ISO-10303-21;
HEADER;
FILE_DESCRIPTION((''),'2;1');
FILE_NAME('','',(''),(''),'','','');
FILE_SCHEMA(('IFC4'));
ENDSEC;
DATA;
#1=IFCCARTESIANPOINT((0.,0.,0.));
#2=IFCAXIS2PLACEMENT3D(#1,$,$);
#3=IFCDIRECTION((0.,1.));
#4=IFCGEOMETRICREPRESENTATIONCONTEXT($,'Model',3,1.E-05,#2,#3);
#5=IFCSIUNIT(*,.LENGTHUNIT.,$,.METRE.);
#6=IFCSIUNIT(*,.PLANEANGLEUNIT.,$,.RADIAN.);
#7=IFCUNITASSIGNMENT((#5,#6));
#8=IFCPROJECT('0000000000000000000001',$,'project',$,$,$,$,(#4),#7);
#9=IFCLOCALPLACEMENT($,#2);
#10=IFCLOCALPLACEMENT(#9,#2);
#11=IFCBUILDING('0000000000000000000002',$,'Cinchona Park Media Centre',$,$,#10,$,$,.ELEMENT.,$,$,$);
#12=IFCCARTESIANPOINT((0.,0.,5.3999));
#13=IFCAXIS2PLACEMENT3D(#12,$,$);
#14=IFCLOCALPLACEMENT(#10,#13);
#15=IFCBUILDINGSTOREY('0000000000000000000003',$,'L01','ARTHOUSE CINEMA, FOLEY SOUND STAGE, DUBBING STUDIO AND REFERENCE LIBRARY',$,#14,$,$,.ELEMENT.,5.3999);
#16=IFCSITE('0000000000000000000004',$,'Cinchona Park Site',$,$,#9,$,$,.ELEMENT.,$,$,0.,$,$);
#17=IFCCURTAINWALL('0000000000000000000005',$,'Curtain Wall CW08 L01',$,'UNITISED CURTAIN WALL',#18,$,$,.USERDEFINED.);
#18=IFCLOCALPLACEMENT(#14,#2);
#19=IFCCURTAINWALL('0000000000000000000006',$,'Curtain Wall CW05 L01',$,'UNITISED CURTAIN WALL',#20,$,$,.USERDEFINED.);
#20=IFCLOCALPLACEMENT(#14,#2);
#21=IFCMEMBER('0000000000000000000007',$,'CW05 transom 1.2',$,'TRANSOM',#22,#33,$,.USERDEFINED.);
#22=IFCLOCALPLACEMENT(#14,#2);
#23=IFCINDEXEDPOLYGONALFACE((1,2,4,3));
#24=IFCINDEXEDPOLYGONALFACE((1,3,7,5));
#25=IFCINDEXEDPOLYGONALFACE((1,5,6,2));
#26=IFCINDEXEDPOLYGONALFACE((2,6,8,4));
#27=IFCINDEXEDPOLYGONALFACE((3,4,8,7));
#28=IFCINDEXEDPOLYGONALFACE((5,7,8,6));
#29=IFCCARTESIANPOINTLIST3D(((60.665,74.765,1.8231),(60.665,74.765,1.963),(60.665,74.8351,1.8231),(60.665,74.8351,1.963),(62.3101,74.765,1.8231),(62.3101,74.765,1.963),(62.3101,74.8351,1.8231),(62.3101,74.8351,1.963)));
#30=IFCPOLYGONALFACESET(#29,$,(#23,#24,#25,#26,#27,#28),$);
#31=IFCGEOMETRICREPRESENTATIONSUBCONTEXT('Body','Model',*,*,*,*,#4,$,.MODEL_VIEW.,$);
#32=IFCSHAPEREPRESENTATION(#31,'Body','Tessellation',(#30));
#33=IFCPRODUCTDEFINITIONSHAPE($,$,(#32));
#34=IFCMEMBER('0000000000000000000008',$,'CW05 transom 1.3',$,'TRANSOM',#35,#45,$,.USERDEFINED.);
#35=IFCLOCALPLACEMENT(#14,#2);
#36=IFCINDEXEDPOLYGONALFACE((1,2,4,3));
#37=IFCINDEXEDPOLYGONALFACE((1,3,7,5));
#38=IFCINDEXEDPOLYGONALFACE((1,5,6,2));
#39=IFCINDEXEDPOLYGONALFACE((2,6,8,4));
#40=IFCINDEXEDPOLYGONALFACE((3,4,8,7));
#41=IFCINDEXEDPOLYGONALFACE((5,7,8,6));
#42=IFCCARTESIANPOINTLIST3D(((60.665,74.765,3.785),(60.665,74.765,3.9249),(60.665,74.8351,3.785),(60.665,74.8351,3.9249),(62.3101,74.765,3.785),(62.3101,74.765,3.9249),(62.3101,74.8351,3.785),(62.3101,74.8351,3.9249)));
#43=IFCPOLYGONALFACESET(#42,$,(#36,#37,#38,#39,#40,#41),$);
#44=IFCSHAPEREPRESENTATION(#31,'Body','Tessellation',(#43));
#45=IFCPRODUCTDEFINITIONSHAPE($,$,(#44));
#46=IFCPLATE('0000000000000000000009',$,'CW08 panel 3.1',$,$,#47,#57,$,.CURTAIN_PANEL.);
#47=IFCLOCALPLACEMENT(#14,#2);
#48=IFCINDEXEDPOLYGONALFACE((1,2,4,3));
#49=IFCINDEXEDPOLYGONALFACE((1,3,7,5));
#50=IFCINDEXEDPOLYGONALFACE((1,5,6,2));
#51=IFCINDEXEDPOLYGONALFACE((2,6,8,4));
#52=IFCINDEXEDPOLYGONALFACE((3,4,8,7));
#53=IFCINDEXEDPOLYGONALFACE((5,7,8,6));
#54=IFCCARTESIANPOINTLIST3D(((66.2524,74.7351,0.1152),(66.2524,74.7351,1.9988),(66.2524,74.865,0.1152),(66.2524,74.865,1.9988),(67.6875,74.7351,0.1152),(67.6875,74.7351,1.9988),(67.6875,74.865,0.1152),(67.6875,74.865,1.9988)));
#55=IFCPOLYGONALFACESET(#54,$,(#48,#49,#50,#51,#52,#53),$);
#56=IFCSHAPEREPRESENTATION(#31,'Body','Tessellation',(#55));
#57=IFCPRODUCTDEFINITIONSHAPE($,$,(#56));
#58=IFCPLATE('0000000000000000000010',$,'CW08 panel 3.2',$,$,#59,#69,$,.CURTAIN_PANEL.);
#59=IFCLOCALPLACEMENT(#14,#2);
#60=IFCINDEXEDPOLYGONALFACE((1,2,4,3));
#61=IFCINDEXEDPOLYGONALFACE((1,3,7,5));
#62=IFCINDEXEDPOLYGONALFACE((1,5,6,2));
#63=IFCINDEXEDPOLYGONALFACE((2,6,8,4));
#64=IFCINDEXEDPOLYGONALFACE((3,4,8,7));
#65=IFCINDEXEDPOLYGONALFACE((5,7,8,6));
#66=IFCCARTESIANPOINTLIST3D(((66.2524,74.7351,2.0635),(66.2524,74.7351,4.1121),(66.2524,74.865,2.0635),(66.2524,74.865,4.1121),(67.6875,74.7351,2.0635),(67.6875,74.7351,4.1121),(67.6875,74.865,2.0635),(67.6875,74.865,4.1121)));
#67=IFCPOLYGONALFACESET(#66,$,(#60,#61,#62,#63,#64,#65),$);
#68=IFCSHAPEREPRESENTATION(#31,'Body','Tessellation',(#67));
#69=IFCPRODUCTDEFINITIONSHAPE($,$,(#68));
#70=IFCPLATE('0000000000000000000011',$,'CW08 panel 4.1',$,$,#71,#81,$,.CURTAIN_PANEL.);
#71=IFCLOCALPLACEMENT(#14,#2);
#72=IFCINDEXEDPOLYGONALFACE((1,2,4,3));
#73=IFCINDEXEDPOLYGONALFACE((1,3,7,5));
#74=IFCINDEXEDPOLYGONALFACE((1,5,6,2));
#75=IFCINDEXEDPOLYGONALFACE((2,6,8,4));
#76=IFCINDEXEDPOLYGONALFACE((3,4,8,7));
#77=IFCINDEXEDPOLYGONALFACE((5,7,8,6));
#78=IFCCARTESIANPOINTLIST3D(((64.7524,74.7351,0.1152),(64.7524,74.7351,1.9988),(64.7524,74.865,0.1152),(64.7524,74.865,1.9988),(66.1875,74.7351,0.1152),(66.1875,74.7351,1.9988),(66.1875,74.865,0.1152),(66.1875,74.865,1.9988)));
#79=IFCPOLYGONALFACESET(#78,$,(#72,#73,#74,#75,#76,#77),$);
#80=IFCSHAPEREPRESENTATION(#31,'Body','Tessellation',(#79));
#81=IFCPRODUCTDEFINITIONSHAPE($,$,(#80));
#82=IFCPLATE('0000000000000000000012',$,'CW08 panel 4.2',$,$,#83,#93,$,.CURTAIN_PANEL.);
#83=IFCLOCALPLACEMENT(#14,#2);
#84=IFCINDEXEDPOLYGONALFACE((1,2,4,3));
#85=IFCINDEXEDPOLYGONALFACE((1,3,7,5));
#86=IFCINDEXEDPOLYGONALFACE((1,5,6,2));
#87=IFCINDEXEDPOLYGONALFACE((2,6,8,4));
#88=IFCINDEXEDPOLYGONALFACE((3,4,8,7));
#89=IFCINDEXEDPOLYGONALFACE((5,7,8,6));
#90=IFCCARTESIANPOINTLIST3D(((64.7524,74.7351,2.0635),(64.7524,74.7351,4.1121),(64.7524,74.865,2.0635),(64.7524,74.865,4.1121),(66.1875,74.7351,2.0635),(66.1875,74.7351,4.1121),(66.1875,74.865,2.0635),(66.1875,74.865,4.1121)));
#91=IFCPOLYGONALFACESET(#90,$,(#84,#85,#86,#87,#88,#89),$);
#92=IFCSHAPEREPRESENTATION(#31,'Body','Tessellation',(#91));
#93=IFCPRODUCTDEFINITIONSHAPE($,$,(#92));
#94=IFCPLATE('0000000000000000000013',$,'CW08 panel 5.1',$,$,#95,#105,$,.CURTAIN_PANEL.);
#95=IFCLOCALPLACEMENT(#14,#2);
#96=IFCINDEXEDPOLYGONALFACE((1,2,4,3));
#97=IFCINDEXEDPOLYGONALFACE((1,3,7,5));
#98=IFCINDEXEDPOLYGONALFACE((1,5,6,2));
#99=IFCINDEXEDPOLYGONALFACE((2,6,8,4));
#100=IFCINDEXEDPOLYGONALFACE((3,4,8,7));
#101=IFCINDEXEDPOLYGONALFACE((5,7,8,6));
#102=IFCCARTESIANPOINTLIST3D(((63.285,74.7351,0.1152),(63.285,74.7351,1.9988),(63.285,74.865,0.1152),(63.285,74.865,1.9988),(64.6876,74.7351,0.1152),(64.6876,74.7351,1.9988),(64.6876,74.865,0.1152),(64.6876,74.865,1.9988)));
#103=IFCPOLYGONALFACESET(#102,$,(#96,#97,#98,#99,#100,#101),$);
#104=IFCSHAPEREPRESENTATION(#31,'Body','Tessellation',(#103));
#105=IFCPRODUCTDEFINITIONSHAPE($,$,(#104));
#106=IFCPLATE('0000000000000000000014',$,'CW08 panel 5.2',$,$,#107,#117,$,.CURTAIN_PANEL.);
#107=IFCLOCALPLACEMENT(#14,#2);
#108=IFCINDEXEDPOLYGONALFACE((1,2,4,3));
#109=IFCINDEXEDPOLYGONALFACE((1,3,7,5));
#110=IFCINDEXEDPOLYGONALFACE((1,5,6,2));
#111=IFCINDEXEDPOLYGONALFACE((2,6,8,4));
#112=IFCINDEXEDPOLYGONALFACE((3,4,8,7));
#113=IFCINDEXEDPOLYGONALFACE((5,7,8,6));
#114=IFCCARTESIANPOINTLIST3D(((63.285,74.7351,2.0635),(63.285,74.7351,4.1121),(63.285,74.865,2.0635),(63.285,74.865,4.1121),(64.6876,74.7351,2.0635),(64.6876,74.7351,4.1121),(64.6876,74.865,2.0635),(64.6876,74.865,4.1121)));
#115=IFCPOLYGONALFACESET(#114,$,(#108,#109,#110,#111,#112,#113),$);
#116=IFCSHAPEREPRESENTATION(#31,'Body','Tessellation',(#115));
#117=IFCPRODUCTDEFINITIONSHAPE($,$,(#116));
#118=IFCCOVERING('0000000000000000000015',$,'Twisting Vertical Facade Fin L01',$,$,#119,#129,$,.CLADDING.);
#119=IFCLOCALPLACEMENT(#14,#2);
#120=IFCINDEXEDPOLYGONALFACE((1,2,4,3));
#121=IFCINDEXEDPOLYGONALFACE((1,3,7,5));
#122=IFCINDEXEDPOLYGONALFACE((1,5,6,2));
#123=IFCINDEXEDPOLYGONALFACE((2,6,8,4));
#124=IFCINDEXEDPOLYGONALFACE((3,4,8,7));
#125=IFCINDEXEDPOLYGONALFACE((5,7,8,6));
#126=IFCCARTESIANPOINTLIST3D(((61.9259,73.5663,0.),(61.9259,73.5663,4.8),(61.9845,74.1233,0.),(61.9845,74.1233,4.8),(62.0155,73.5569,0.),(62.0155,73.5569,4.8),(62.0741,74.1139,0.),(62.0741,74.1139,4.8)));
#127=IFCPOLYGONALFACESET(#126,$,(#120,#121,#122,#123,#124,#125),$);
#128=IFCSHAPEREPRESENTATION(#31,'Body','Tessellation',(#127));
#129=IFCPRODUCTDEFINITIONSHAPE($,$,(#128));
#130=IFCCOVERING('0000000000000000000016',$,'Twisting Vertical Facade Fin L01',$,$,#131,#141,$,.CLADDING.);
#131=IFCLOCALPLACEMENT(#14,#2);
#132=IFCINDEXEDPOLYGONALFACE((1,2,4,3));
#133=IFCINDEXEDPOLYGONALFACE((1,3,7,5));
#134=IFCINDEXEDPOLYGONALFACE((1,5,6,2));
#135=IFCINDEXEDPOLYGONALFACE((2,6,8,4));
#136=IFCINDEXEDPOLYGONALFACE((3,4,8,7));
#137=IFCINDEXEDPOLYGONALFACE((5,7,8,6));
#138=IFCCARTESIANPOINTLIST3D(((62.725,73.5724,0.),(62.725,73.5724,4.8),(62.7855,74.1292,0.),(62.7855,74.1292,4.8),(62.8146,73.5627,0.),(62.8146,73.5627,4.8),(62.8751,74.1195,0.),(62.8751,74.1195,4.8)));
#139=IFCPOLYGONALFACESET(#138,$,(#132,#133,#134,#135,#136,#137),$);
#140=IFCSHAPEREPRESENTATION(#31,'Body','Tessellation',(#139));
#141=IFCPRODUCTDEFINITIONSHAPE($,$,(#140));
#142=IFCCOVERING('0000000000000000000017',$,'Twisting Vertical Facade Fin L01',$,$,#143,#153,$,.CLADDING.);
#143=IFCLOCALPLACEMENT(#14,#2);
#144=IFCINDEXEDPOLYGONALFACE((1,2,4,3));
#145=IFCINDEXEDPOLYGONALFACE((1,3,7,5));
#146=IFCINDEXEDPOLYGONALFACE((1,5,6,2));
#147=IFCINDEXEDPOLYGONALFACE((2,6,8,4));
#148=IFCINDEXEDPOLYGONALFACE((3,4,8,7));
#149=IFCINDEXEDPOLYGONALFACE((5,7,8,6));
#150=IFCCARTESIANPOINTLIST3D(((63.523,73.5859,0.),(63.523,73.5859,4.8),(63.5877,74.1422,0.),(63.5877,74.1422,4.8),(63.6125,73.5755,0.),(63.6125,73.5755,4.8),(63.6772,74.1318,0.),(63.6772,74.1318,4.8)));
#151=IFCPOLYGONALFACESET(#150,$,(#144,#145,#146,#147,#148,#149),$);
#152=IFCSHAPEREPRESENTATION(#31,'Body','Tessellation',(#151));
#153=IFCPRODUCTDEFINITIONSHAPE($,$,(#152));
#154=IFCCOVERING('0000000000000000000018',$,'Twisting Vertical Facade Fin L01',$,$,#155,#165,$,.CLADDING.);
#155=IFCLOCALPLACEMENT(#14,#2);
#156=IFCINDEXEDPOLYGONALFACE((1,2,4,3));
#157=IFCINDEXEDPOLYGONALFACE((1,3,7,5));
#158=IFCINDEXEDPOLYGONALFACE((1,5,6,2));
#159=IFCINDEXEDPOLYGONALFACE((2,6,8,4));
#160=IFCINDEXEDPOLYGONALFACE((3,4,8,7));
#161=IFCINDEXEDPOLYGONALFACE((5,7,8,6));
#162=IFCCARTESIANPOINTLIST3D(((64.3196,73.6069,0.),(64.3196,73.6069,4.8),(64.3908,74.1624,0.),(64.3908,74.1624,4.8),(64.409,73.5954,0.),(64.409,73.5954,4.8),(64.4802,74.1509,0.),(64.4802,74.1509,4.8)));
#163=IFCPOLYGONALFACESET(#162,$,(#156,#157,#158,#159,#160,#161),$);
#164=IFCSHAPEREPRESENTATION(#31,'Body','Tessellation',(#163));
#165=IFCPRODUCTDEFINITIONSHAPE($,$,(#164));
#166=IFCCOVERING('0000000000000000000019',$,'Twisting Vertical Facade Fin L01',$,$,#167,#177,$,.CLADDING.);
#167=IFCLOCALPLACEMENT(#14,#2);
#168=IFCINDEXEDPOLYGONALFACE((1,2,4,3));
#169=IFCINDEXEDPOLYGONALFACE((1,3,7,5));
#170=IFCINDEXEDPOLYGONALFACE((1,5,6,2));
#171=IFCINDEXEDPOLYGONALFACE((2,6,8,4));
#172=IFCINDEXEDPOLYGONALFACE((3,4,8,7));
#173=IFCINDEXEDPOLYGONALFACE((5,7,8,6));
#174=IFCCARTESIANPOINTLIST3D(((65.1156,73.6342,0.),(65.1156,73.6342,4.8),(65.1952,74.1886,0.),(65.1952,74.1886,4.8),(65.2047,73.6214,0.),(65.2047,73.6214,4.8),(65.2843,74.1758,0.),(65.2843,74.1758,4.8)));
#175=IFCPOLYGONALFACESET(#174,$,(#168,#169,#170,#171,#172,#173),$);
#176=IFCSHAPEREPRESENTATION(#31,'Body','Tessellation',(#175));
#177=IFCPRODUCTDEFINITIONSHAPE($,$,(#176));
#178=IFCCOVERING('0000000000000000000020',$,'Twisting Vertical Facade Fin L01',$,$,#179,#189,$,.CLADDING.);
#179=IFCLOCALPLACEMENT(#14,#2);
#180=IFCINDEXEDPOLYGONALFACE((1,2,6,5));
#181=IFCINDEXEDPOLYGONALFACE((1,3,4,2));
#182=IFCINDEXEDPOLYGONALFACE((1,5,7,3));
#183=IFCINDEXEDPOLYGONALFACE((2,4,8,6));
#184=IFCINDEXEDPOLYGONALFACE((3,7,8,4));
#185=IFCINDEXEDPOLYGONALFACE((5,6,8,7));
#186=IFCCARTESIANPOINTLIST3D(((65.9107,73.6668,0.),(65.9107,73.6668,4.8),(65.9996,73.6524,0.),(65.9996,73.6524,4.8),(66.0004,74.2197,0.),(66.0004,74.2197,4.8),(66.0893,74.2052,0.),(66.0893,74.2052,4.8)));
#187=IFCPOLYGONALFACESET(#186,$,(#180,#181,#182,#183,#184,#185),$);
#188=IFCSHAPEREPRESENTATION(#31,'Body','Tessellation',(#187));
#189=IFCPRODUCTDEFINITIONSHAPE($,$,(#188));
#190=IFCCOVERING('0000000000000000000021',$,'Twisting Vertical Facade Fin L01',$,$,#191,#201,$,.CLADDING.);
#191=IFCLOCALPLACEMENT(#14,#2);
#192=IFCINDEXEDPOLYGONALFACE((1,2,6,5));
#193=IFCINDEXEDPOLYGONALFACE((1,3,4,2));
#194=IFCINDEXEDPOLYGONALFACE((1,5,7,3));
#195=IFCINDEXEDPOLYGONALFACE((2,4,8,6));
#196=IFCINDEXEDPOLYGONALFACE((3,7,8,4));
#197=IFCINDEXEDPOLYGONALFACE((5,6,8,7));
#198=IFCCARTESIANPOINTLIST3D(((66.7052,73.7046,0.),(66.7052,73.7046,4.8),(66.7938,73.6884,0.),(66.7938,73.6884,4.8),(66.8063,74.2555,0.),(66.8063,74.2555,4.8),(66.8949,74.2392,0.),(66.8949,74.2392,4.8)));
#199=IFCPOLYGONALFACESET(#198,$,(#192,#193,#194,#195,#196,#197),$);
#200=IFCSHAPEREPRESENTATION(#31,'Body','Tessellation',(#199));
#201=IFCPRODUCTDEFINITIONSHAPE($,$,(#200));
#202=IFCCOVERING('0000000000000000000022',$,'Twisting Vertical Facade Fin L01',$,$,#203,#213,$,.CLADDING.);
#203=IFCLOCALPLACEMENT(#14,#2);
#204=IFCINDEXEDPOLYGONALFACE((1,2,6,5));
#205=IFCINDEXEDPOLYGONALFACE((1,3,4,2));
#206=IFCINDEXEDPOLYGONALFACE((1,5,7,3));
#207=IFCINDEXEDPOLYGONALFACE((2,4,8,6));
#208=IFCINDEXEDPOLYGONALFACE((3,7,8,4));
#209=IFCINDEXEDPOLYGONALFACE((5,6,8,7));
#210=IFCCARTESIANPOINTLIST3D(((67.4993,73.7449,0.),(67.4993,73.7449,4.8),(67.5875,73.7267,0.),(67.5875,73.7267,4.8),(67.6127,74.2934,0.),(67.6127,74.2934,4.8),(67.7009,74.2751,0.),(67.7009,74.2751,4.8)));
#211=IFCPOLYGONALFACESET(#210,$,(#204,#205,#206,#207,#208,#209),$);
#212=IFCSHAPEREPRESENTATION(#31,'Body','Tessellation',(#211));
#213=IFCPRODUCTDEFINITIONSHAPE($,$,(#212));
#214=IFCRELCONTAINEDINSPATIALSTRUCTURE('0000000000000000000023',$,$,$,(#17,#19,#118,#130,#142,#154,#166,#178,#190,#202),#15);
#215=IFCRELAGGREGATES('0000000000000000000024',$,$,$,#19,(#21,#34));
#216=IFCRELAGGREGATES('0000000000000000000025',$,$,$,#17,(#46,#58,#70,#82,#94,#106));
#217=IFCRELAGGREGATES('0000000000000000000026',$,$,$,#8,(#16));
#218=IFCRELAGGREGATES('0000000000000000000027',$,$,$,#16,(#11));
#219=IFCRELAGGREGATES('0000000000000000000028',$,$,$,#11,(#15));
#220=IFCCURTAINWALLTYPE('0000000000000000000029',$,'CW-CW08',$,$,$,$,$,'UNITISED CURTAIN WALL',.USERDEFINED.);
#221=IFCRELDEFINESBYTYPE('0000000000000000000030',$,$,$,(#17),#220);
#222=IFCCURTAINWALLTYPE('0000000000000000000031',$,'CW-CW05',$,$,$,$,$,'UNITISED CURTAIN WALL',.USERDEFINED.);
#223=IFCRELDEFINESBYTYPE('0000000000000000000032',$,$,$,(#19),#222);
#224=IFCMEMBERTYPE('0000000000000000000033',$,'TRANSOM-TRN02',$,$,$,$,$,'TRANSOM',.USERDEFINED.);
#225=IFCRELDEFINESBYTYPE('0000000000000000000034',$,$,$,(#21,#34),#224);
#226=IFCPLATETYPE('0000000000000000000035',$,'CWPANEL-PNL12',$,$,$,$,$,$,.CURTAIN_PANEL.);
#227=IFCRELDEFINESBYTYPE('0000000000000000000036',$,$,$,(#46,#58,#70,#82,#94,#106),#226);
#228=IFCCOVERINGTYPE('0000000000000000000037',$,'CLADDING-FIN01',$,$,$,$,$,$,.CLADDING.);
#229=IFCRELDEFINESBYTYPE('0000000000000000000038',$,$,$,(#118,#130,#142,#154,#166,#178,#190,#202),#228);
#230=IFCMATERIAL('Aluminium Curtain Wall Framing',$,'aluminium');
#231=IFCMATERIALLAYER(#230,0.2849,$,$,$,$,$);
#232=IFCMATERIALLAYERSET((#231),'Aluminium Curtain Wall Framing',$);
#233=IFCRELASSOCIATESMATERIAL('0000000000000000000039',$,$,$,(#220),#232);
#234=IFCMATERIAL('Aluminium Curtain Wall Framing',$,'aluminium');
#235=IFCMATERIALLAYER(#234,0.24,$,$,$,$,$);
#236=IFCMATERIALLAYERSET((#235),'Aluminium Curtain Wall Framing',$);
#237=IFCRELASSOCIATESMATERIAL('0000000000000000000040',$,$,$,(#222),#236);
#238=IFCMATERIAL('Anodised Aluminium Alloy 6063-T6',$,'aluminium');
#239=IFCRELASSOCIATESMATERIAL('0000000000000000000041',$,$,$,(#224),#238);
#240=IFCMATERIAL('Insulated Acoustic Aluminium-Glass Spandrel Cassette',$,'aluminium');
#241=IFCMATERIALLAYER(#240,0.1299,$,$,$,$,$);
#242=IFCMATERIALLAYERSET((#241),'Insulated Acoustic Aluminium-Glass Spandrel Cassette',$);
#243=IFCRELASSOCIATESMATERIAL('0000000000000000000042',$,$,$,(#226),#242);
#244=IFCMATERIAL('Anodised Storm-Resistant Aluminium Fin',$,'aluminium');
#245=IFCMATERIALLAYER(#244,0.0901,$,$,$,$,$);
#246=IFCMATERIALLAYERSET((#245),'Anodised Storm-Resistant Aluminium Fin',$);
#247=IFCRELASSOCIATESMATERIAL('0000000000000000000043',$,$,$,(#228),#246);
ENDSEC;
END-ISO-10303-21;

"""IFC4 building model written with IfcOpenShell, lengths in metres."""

from ifc_helpers import new_model, si_unit, direction, frame, origin, origin_2d, place, context, subcontext, project, spatial, rectangle, extrude, material, layer, layer_set, material_profile, profile_set, type_object, element, aggregate, save


model = new_model("IFC4")

# Units and contexts
model_context = context("Model", 3, precision=1e-05, world=origin(), true_north=direction((0.0, 1.0)))
body_context = subcontext(model_context, "Body", "Model", "MODEL_VIEW")
ifc_project = project(units=[si_unit("LENGTHUNIT", "METRE"), si_unit("PLANEANGLEUNIT", "RADIAN")], contexts=[model_context])

# Site, building, storey
site_placement = place(None, origin())
site = spatial("IfcSite", under=ifc_project, at=site_placement, Name="Cinchona Park Site", CompositionType="ELEMENT", RefElevation=0.0)
building_placement = place(site_placement, origin())
building = spatial("IfcBuilding", under=site, at=building_placement, Name="Cinchona Park Media Centre", CompositionType="ELEMENT")
storey_placement = place(building_placement, frame((0.0, 0.0, 5.3999)))
storey = spatial("IfcBuildingStorey", under=building, at=storey_placement, Name="L01", Description="ARTHOUSE CINEMA, FOLEY SOUND STAGE, DUBBING STUDIO AND REFERENCE LIBRARY", CompositionType="ELEMENT", Elevation=5.3999)

# Curtain wall
ifc_material_1 = material(Name="Aluminium Curtain Wall Framing", Category="aluminium")
ifc_layer_1 = layer(ifc_material_1, 0.2849)
ifc_layer_set_1 = layer_set([ifc_layer_1], Name="Aluminium Curtain Wall Framing")
curtain_wall_type_1 = type_object("IfcCurtainWallType", Name="CW-CW08", ElementType="UNITISED CURTAIN WALL", PredefinedType="USERDEFINED", material=ifc_layer_set_1)
curtain_wall_1_placement = place(storey_placement, origin())
curtain_wall_1 = element("IfcCurtainWall", 1, at=curtain_wall_1_placement, inside=storey, type_object=curtain_wall_type_1, Name="Curtain Wall CW08 L01", ObjectType="UNITISED CURTAIN WALL", PredefinedType="USERDEFINED")

# Curtain wall
ifc_material_2 = material(Name="Aluminium Curtain Wall Framing", Category="aluminium")
ifc_layer_2 = layer(ifc_material_2, 0.24)
ifc_layer_set_2 = layer_set([ifc_layer_2], Name="Aluminium Curtain Wall Framing")
curtain_wall_type_2 = type_object("IfcCurtainWallType", Name="CW-CW05", ElementType="UNITISED CURTAIN WALL", PredefinedType="USERDEFINED", material=ifc_layer_set_2)
curtain_wall_2_placement = place(storey_placement, origin())
curtain_wall_2 = element("IfcCurtainWall", 2, at=curtain_wall_2_placement, inside=storey, type_object=curtain_wall_type_2, Name="Curtain Wall CW05 L01", ObjectType="UNITISED CURTAIN WALL", PredefinedType="USERDEFINED")

# Members
ifc_material_3 = material(Name="Anodised Aluminium Alloy 6063-T6", Category="aluminium")
ifc_material_profile_1 = material_profile(ifc_material_3, rectangle(XDim=0.0701, YDim=0.1399, at=origin_2d()), Name="TRN-70X140")
ifc_profile_set_1 = profile_set([ifc_material_profile_1], Name="Anodised Aluminium Alloy 6063-T6")
member_type_1 = type_object("IfcMemberType", Name="TRANSOM-TRN02", ElementType="TRANSOM", PredefinedType="USERDEFINED", material=ifc_profile_set_1)
member_1_placement = place(storey_placement, frame((62.3101, 74.8, 1.8931), z_axis=(-1.0, 0.0, 0.0), x_axis=(0.0, -1.0, 0.0)))
member_1 = element("IfcMember", 3, at=member_1_placement, type_object=member_type_1, Name="CW05 transom 1.2", ObjectType="TRANSOM", PredefinedType="USERDEFINED", context=body_context, shape_type="SweptSolid", body=[
    extrude(rectangle(XDim=0.0701, YDim=0.1399, at=origin_2d()), origin(), (0.0, 0.0, 1.0), 1.645),
])
member_2_placement = place(storey_placement, frame((62.3101, 74.8, 3.855), z_axis=(-1.0, 0.0, 0.0), x_axis=(0.0, -1.0, 0.0)))
member_2 = element("IfcMember", 4, at=member_2_placement, type_object=member_type_1, Name="CW05 transom 1.3", ObjectType="TRANSOM", PredefinedType="USERDEFINED", context=body_context, shape_type="SweptSolid", body=[
    extrude(rectangle(XDim=0.0701, YDim=0.1399, at=origin_2d()), origin(), (0.0, 0.0, 1.0), 1.645),
])
aggregate(curtain_wall_2, [member_1, member_2])

# Plates
ifc_material_4 = material(Name="Insulated Acoustic Aluminium-Glass Spandrel Cassette", Category="aluminium")
ifc_layer_3 = layer(ifc_material_4, 0.1299)
ifc_layer_set_3 = layer_set([ifc_layer_3], Name="Insulated Acoustic Aluminium-Glass Spandrel Cassette")
plate_type = type_object("IfcPlateType", Name="CWPANEL-PNL12", PredefinedType="CURTAIN_PANEL", material=ifc_layer_set_3)
plate_1_placement = place(storey_placement, frame((66.97, 74.8, 0.1152), z_axis=(0.0, 0.0, 1.0), x_axis=(-1.0, 0.0, 0.0)))
plate_1 = element("IfcPlate", 5, at=plate_1_placement, type_object=plate_type, Name="CW08 panel 3.1", PredefinedType="CURTAIN_PANEL", context=body_context, shape_type="SweptSolid", body=[
    extrude(rectangle(XDim=1.4351, YDim=0.1299, at=origin_2d()), origin(), (0.0, 0.0, 1.0), 1.8835),
])
plate_2_placement = place(storey_placement, frame((66.97, 74.8, 2.0635), z_axis=(0.0, 0.0, 1.0), x_axis=(-1.0, 0.0, 0.0)))
plate_2 = element("IfcPlate", 6, at=plate_2_placement, type_object=plate_type, Name="CW08 panel 3.2", PredefinedType="CURTAIN_PANEL", context=body_context, shape_type="SweptSolid", body=[
    extrude(rectangle(XDim=1.4351, YDim=0.1299, at=origin_2d()), origin(), (0.0, 0.0, 1.0), 2.0486),
])
plate_3_placement = place(storey_placement, frame((65.47, 74.8, 0.1152), z_axis=(0.0, 0.0, 1.0), x_axis=(-1.0, 0.0, 0.0)))
plate_3 = element("IfcPlate", 7, at=plate_3_placement, type_object=plate_type, Name="CW08 panel 4.1", PredefinedType="CURTAIN_PANEL", context=body_context, shape_type="SweptSolid", body=[
    extrude(rectangle(XDim=1.4351, YDim=0.1299, at=origin_2d()), origin(), (0.0, 0.0, 1.0), 1.8835),
])
plate_4_placement = place(storey_placement, frame((65.47, 74.8, 2.0635), z_axis=(0.0, 0.0, 1.0), x_axis=(-1.0, 0.0, 0.0)))
plate_4 = element("IfcPlate", 8, at=plate_4_placement, type_object=plate_type, Name="CW08 panel 4.2", PredefinedType="CURTAIN_PANEL", context=body_context, shape_type="SweptSolid", body=[
    extrude(rectangle(XDim=1.4351, YDim=0.1299, at=origin_2d()), origin(), (0.0, 0.0, 1.0), 2.0486),
])
plate_5_placement = place(storey_placement, frame((63.9863, 74.8, 0.1152), z_axis=(0.0, 0.0, 1.0), x_axis=(-1.0, 0.0, 0.0)))
plate_5 = element("IfcPlate", 9, at=plate_5_placement, type_object=plate_type, Name="CW08 panel 5.1", PredefinedType="CURTAIN_PANEL", context=body_context, shape_type="SweptSolid", body=[
    extrude(rectangle(XDim=1.4026, YDim=0.1299, at=origin_2d()), origin(), (0.0, 0.0, 1.0), 1.8835),
])
plate_6_placement = place(storey_placement, frame((63.9863, 74.8, 2.0635), z_axis=(0.0, 0.0, 1.0), x_axis=(-1.0, 0.0, 0.0)))
plate_6 = element("IfcPlate", 10, at=plate_6_placement, type_object=plate_type, Name="CW08 panel 5.2", PredefinedType="CURTAIN_PANEL", context=body_context, shape_type="SweptSolid", body=[
    extrude(rectangle(XDim=1.4026, YDim=0.1299, at=origin_2d()), origin(), (0.0, 0.0, 1.0), 2.0486),
])
aggregate(curtain_wall_1, [plate_1, plate_2, plate_3, plate_4, plate_5, plate_6])

# Coverings
ifc_material_5 = material(Name="Anodised Storm-Resistant Aluminium Fin", Category="aluminium")
ifc_layer_4 = layer(ifc_material_5, 0.0901)
ifc_layer_set_4 = layer_set([ifc_layer_4], Name="Anodised Storm-Resistant Aluminium Fin")
covering_type = type_object("IfcCoveringType", Name="CLADDING-FIN01", PredefinedType="CLADDING", material=ifc_layer_set_4)
for number, where, z_axis, x_axis, name in (
    (11, (62.0, 73.8401, 0.0), (0.0, 0.0, 1.0), (0.104702, 0.994504, 0.0), "Twisting Vertical Facade Fin L01"),
    (12, (62.8, 73.8459, 0.0), (0.0, 0.0, 1.0), (0.107999, 0.994151, 0.0), "Twisting Vertical Facade Fin L01"),
    (13, (63.6001, 73.8589, 0.0), (0.0, 0.0, 1.0), (0.115457, 0.993312, 0.0), "Twisting Vertical Facade Fin L01"),
    (14, (64.3999, 73.8789, 0.0), (0.0, 0.0, 1.0), (0.127065, 0.991894, 0.0), "Twisting Vertical Facade Fin L01"),
    (15, (65.2, 73.905, 0.0), (0.0, 0.0, 1.0), (0.142111, 0.989851, 0.0), "Twisting Vertical Facade Fin L01"),
    (16, (66.0, 73.936, 0.0), (0.0, 0.0, 1.0), (0.160226, 0.98708, 0.0), "Twisting Vertical Facade Fin L01"),
    (17, (66.8, 73.9719, 0.0), (0.0, 0.0, 1.0), (0.180519, 0.983571, 0.0), "Twisting Vertical Facade Fin L01"),
    (18, (67.6001, 74.01, 0.0), (0.0, 0.0, 1.0), (0.202445, 0.979294, 0.0), "Twisting Vertical Facade Fin L01"),
):
    element("IfcCovering", number, at=place(storey_placement, frame(where, z_axis=z_axis, x_axis=x_axis)), inside=storey, type_object=covering_type, Name=name, PredefinedType="CLADDING", context=body_context, shape_type="SweptSolid", body=[
        extrude(rectangle(XDim=0.5601, YDim=0.0901, at=origin_2d()), origin(), (0.0, 0.0, 1.0), 4.8),
    ])

save(model, "model.ifc")
